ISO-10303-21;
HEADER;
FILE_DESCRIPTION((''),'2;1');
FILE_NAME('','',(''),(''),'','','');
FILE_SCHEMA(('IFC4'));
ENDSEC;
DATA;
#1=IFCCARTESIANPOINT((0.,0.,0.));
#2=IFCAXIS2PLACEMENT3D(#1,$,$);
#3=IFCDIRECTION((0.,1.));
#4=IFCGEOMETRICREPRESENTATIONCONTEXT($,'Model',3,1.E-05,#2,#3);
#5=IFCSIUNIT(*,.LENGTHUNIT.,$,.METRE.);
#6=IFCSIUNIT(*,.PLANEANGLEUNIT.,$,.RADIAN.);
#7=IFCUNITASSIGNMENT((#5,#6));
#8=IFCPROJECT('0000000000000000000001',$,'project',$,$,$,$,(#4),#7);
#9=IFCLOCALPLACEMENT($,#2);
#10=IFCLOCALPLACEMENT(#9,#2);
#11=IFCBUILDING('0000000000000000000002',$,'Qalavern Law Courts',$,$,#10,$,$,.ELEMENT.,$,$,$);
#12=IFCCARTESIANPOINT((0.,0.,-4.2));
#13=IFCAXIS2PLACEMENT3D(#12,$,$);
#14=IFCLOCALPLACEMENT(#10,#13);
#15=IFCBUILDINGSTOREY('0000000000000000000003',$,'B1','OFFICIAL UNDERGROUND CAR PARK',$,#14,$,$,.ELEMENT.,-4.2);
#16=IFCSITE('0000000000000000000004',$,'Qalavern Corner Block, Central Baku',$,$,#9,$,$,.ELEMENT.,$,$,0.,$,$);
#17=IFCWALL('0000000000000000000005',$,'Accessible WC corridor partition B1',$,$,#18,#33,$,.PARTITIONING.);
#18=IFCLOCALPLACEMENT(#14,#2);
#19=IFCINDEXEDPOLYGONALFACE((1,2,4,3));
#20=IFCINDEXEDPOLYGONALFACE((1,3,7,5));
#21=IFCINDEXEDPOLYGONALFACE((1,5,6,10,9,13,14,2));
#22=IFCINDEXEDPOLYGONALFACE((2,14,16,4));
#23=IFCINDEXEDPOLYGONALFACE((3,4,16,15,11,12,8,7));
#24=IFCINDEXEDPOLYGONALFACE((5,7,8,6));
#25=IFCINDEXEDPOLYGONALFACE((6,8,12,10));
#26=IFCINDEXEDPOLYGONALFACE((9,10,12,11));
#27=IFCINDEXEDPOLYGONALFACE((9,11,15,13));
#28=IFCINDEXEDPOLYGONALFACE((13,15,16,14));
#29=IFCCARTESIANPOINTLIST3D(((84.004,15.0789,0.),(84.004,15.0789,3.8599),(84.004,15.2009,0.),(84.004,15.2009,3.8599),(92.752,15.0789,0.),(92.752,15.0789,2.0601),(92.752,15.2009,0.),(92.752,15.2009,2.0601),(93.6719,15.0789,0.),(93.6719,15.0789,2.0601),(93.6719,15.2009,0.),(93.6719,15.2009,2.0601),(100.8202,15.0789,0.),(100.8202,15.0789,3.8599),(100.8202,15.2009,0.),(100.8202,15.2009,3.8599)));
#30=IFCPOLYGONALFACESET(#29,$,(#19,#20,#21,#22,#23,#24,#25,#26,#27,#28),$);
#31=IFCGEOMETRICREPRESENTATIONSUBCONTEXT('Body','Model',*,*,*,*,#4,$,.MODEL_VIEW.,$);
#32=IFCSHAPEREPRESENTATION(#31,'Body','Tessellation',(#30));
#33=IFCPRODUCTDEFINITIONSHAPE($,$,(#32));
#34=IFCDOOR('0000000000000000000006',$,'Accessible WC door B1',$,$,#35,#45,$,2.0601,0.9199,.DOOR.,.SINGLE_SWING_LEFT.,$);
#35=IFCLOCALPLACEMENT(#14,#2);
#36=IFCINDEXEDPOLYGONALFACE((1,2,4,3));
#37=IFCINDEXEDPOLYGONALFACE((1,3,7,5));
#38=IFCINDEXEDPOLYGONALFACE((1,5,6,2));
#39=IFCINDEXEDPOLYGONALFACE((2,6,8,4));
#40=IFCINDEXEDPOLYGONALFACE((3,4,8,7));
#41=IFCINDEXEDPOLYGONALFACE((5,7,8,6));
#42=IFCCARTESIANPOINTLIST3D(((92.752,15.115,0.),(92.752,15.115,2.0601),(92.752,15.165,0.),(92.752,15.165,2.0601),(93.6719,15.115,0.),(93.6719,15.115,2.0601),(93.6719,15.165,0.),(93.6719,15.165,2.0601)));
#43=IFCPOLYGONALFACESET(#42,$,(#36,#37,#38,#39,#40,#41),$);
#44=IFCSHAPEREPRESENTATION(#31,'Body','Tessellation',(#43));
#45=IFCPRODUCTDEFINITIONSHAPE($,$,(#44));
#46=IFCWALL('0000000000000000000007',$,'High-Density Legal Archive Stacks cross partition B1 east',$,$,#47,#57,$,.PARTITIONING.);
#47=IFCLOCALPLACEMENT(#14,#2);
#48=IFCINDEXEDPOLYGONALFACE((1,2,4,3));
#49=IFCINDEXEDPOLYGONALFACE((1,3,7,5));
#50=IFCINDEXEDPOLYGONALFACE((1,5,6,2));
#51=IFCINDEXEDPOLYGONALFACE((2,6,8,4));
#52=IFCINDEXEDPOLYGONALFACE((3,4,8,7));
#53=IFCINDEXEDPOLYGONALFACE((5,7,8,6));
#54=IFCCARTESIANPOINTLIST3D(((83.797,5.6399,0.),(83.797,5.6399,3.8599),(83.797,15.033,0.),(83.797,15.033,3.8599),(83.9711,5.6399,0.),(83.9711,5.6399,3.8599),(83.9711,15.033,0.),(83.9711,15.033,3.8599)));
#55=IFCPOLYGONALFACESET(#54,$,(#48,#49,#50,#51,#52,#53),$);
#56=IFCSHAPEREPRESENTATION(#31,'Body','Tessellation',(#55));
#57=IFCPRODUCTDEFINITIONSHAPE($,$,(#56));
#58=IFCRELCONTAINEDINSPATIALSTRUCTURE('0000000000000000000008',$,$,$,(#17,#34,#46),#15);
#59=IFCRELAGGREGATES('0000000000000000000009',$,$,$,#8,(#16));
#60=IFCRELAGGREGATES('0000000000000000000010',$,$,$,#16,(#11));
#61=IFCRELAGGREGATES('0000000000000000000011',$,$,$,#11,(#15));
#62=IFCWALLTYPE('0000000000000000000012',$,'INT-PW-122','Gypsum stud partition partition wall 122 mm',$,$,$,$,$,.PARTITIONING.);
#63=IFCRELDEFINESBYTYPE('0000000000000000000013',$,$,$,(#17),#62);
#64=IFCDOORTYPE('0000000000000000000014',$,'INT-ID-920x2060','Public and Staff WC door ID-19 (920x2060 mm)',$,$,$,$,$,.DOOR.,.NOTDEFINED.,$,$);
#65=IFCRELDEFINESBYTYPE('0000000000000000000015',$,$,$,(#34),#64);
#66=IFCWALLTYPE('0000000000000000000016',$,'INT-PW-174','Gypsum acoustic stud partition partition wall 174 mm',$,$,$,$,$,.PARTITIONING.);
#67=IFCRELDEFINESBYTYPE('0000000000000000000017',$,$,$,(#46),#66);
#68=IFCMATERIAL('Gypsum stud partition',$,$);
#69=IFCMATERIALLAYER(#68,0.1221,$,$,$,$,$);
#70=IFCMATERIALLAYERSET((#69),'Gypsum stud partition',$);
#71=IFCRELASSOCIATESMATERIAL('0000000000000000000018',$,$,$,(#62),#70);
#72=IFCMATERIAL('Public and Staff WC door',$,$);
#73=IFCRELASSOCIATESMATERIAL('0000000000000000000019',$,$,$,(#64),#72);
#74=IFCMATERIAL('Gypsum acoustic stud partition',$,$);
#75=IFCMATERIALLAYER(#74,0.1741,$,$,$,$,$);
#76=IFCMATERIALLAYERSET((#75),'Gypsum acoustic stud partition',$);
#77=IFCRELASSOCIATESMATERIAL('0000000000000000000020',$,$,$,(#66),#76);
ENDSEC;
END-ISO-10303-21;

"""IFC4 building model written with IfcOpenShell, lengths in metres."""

from ifc_helpers import new_model, si_unit, direction, frame, frame_2d, origin, place, context, subcontext, project, spatial, rectangle, extrude, material, layer, layer_set, type_object, element, fill, save


model = new_model("IFC4")

# Units and contexts
model_context = context("Model", 3, precision=1e-05, world=origin(), true_north=direction((0.0, 1.0)))
body_context = subcontext(model_context, "Body", "Model", "MODEL_VIEW")
ifc_project = project(units=[si_unit("LENGTHUNIT", "METRE"), si_unit("PLANEANGLEUNIT", "RADIAN")], contexts=[model_context])

# Site, building, storey
site_placement = place(None, origin())
site = spatial("IfcSite", under=ifc_project, at=site_placement, Name="Qalavern Corner Block, Central Baku", CompositionType="ELEMENT", RefElevation=0.0)
building_placement = place(site_placement, origin())
building = spatial("IfcBuilding", under=site, at=building_placement, Name="Qalavern Law Courts", CompositionType="ELEMENT")
storey_placement = place(building_placement, frame((0.0, 0.0, -4.2)))
storey = spatial("IfcBuildingStorey", under=building, at=storey_placement, Name="B1", Description="OFFICIAL UNDERGROUND CAR PARK", CompositionType="ELEMENT", Elevation=-4.2)

# Wall, opening, door
ifc_material_1 = material(Name="Gypsum stud partition")
ifc_layer_1 = layer(ifc_material_1, 0.1221)
ifc_layer_set_1 = layer_set([ifc_layer_1], Name="Gypsum stud partition")
wall_type_1 = type_object("IfcWallType", Name="INT-PW-122", Description="Gypsum stud partition partition wall 122 mm", PredefinedType="PARTITIONING", material=ifc_layer_set_1)
wall_1_placement = place(storey_placement, frame((84.0039, 15.1399, 0.0), z_axis=(0.0, 0.0, 1.0), x_axis=(1.0, 0.0, 0.0)))
wall_1 = element("IfcWall", 1, at=wall_1_placement, inside=storey, type_object=wall_type_1, Name="Accessible WC corridor partition B1", PredefinedType="PARTITIONING", context=body_context, shape_type="SweptSolid", body=[
    extrude(rectangle(XDim=16.8162, YDim=0.1221, at=frame_2d((8.4082, 0.0))), origin(), (0.0, 0.0, 1.0), 3.8599),
])
opening_placement = place(wall_1_placement, frame((8.748, 0.0, 0.0)))
opening = element("IfcOpeningElement", 2, at=opening_placement, cuts=wall_1, PredefinedType="OPENING", context=body_context, shape_type="SweptSolid", body=[
    extrude(rectangle(XDim=0.9199, YDim=2.0601, at=frame_2d((0.46, 1.03))), frame((0.0, 0.0759, 0.0), z_axis=(0.0, -1.0, 0.0), x_axis=(1.0, 0.0, 0.0)), (0.0, 0.0, 1.0), 0.1519),
])
ifc_material_2 = material(Name="Public and Staff WC door")
door_type = type_object("IfcDoorType", Name="INT-ID-920x2060", Description="Public and Staff WC door ID-19 (920x2060 mm)", OperationType="NOTDEFINED", PredefinedType="DOOR", material=ifc_material_2)
door_placement = place(opening_placement, frame((0.9199, 0.0, 0.0), z_axis=(0.0, 0.0, 1.0), x_axis=(-1.0, 0.0, 0.0)))
door = element("IfcDoor", 3, at=door_placement, inside=storey, type_object=door_type, Name="Accessible WC door B1", OperationType="SINGLE_SWING_LEFT", OverallHeight=2.0601, OverallWidth=0.9199, PredefinedType="DOOR", context=body_context, shape_type="SweptSolid", body=[
    extrude(rectangle(XDim=0.9199, YDim=2.0601, at=frame_2d((0.46, 1.03))), frame((0.0, 0.0249, 0.0), z_axis=(0.0, -1.0, 0.0), x_axis=(1.0, 0.0, 0.0)), (0.0, 0.0, 1.0), 0.05),
])
fill(opening, door)

# Wall
ifc_material_3 = material(Name="Gypsum acoustic stud partition")
ifc_layer_2 = layer(ifc_material_3, 0.1741)
ifc_layer_set_2 = layer_set([ifc_layer_2], Name="Gypsum acoustic stud partition")
wall_type_2 = type_object("IfcWallType", Name="INT-PW-174", Description="Gypsum acoustic stud partition partition wall 174 mm", PredefinedType="PARTITIONING", material=ifc_layer_set_2)
wall_2_placement = place(storey_placement, frame((83.884, 5.6399, 0.0), z_axis=(0.0, 0.0, 1.0), x_axis=(0.0, 1.0, 0.0)))
element("IfcWall", 4, at=wall_2_placement, inside=storey, type_object=wall_type_2, Name="High-Density Legal Archive Stacks cross partition B1 east", PredefinedType="PARTITIONING", context=body_context, shape_type="SweptSolid", body=[
    extrude(rectangle(XDim=9.3931, YDim=0.1741, at=frame_2d((4.6965, 0.0))), origin(), (0.0, 0.0, 1.0), 3.8599),
])

save(model, "model.ifc")
